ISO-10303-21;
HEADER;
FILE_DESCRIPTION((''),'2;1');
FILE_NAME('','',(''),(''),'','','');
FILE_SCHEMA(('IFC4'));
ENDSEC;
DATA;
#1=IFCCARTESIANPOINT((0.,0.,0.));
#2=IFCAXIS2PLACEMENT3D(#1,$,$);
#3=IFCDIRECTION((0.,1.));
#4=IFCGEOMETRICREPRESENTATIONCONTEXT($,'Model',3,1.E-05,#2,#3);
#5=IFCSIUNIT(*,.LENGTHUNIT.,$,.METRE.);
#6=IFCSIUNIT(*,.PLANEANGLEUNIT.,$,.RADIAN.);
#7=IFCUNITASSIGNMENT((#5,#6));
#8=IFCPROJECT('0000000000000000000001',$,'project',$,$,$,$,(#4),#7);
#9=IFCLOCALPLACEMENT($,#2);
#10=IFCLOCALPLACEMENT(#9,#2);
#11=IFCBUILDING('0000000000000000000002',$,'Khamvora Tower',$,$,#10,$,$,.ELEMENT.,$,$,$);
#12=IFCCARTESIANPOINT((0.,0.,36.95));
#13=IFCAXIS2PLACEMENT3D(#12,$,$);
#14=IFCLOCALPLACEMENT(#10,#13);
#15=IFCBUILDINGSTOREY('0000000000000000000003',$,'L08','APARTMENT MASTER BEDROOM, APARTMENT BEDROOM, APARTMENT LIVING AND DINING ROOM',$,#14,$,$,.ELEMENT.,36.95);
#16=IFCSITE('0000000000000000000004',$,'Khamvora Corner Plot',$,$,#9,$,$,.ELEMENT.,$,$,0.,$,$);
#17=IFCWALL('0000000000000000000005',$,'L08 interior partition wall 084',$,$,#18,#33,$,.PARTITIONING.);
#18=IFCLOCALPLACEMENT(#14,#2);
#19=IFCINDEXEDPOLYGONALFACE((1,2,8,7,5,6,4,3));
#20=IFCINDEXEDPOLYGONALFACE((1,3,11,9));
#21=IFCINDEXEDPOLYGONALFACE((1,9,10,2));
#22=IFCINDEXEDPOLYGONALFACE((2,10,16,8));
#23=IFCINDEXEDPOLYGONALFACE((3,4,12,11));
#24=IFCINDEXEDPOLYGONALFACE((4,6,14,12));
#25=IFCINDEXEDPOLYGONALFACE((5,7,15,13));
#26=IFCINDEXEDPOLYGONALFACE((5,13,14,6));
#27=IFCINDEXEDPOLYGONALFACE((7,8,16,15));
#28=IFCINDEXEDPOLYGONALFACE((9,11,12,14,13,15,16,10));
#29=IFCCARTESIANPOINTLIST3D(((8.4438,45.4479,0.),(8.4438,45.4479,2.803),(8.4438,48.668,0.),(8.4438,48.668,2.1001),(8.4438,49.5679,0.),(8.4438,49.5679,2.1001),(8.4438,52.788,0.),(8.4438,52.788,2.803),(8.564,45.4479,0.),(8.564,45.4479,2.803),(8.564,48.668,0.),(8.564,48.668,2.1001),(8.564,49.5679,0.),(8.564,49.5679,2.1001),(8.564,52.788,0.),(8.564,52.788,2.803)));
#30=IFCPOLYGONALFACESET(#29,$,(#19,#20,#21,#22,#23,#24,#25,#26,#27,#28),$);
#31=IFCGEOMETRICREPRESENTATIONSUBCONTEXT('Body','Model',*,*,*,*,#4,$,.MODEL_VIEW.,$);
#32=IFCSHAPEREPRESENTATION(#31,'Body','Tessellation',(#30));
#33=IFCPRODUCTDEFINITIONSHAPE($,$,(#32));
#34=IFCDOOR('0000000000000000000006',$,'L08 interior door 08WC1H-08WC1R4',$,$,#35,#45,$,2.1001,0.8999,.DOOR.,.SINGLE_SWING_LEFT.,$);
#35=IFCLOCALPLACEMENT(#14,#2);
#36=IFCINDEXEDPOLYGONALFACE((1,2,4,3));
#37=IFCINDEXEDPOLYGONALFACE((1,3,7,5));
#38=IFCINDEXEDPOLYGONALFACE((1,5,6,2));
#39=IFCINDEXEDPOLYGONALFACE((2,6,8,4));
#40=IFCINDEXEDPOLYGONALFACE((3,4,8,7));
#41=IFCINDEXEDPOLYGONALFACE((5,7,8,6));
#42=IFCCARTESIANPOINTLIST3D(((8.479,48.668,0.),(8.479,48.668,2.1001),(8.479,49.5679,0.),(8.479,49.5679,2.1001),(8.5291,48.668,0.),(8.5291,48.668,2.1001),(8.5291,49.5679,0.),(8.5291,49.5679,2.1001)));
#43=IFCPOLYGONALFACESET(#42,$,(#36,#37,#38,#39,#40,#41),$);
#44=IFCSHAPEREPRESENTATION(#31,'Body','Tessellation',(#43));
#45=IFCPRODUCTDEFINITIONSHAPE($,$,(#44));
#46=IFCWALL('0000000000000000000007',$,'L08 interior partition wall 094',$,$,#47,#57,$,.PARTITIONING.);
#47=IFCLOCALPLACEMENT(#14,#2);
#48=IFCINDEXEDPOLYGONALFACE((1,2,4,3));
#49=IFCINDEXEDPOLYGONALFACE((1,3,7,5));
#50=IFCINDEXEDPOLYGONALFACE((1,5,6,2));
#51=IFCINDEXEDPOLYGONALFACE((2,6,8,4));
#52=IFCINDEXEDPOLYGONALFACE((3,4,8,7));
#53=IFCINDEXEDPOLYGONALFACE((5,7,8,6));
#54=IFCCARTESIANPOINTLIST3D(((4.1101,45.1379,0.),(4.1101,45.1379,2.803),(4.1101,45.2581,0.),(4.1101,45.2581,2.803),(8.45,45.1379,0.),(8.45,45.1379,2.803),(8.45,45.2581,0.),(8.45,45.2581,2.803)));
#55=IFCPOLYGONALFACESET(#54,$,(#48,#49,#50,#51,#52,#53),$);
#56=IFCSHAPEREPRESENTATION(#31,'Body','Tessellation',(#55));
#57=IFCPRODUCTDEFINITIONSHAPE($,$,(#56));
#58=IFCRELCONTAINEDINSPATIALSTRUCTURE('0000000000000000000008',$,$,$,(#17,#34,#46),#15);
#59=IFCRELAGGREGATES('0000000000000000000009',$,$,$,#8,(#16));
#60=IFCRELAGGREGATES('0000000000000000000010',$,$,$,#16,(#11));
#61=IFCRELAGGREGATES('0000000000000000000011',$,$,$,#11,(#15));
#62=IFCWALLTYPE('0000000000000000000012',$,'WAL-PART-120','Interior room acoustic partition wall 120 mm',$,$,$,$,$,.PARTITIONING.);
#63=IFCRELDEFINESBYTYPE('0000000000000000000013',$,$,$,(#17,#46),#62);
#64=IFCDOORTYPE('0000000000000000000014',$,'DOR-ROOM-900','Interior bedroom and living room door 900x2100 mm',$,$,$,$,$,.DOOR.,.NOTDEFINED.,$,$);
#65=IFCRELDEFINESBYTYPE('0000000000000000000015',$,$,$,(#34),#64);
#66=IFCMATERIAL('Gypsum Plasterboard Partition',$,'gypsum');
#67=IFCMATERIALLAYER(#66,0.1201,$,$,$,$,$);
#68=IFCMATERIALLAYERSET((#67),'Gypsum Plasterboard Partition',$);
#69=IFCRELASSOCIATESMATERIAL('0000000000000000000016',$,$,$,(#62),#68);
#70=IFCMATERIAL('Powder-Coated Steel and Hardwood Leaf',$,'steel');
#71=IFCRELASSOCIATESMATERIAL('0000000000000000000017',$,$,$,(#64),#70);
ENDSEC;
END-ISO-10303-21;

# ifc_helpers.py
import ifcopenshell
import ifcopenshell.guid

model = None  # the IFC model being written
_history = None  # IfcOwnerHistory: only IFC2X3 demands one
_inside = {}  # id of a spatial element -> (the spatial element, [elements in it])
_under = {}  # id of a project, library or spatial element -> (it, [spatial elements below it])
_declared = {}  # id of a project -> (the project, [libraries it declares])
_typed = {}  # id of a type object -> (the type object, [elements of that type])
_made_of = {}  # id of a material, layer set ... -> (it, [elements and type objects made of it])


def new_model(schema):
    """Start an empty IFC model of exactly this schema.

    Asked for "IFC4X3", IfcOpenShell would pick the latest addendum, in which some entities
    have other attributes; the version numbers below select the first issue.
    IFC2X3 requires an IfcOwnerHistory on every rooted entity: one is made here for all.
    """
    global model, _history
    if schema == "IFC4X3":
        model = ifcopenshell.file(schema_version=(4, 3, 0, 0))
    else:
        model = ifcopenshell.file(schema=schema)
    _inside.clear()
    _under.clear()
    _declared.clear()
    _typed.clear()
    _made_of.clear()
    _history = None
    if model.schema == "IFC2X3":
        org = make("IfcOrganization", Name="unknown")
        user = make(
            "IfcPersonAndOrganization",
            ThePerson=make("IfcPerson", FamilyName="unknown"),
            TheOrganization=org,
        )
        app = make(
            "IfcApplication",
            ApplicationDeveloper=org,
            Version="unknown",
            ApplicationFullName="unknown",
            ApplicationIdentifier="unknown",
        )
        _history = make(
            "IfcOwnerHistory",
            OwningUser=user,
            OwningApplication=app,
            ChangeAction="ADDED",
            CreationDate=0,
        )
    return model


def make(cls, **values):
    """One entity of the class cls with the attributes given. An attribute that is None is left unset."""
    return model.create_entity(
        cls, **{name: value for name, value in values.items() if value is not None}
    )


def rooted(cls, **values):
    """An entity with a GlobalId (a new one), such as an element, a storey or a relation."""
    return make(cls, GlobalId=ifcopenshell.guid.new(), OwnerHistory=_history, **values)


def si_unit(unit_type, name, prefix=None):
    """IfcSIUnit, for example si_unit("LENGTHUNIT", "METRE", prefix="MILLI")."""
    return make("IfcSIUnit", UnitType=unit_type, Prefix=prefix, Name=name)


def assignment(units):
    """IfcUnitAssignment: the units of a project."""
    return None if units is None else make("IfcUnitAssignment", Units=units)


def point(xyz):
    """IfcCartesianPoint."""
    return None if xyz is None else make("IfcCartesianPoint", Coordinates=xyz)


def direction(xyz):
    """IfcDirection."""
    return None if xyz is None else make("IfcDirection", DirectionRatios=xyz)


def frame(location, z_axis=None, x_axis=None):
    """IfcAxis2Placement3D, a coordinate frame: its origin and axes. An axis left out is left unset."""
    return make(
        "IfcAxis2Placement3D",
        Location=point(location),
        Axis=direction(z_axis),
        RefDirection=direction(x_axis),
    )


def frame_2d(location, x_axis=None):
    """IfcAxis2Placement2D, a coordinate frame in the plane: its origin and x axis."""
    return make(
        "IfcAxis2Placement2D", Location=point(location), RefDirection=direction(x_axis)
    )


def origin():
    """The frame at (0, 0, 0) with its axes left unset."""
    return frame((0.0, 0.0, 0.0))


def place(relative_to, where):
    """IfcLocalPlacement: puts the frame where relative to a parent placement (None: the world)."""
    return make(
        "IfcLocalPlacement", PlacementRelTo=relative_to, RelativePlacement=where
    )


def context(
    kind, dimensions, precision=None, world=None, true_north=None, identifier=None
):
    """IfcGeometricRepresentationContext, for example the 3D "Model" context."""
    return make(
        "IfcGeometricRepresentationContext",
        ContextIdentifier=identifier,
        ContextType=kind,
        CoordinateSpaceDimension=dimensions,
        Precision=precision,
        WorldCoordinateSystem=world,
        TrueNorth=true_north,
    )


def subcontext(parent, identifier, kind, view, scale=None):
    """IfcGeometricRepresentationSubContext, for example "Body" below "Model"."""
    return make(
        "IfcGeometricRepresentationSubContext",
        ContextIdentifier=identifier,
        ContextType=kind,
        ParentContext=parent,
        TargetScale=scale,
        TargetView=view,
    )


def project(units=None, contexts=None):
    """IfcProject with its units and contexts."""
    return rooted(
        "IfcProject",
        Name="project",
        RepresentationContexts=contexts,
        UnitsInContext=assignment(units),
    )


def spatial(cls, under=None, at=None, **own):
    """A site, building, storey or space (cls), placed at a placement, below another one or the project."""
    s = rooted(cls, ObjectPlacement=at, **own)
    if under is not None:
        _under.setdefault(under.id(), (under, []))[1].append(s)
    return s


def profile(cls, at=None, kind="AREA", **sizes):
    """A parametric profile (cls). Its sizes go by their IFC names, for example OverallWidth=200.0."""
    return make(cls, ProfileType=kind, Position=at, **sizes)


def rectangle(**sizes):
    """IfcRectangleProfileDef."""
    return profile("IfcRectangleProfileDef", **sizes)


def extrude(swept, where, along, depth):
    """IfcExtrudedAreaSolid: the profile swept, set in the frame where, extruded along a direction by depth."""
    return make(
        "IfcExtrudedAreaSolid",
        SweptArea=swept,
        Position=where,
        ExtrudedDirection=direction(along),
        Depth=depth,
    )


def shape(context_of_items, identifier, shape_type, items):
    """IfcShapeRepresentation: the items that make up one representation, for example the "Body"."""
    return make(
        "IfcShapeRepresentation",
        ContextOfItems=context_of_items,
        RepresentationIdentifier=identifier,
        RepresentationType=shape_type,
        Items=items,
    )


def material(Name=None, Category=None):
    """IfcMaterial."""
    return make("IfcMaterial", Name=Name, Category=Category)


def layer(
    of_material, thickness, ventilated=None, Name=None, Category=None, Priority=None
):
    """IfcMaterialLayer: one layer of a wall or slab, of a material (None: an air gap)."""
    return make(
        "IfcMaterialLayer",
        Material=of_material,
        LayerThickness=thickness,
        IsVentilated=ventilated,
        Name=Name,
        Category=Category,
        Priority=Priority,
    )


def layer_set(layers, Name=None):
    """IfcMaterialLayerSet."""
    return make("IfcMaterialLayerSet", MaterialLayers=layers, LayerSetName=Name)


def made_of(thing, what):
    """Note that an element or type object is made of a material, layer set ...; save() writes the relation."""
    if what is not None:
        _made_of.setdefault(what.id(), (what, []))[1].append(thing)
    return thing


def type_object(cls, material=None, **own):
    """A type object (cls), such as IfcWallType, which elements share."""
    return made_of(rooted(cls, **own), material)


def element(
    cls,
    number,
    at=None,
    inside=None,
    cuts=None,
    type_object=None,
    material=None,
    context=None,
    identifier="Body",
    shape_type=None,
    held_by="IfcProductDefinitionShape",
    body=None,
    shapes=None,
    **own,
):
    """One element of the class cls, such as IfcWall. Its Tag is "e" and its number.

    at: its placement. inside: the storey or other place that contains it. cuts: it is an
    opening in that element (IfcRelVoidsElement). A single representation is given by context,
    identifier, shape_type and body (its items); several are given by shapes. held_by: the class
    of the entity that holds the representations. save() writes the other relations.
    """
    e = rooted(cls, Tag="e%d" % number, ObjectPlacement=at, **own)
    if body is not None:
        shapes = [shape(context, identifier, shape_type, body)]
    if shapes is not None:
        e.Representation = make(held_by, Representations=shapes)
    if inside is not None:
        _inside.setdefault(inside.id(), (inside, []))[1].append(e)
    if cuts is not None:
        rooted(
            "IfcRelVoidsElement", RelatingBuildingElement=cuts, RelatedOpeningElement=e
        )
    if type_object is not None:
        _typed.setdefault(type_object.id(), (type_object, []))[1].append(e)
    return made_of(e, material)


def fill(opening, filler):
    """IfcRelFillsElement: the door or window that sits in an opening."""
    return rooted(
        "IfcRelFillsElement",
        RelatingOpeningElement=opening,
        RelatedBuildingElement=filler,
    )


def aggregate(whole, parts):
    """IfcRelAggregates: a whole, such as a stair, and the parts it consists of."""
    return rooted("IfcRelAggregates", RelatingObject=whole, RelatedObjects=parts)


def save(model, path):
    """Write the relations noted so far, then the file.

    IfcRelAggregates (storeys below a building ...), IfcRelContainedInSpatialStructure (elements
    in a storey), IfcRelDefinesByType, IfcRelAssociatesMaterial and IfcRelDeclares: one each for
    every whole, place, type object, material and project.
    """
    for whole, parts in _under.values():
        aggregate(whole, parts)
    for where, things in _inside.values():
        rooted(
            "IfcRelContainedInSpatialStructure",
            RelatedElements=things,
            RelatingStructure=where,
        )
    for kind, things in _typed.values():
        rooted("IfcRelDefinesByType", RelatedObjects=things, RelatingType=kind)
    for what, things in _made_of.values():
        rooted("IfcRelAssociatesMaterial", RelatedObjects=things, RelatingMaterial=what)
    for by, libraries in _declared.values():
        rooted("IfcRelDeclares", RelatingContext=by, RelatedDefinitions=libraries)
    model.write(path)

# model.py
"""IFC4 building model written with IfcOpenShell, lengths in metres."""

from ifc_helpers import new_model, si_unit, direction, frame, frame_2d, origin, place, context, subcontext, project, spatial, rectangle, extrude, material, layer, layer_set, type_object, element, fill, save


model = new_model("IFC4")

# Units and contexts
model_context = context("Model", 3, precision=1e-05, world=origin(), true_north=direction((0.0, 1.0)))
body_context = subcontext(model_context, "Body", "Model", "MODEL_VIEW")
ifc_project = project(units=[si_unit("LENGTHUNIT", "METRE"), si_unit("PLANEANGLEUNIT", "RADIAN")], contexts=[model_context])

# Site, building, storey
site_placement = place(None, origin())
site = spatial("IfcSite", under=ifc_project, at=site_placement, Name="Khamvora Corner Plot", CompositionType="ELEMENT", RefElevation=0.0)
building_placement = place(site_placement, origin())
building = spatial("IfcBuilding", under=site, at=building_placement, Name="Khamvora Tower", CompositionType="ELEMENT")
storey_placement = place(building_placement, frame((0.0, 0.0, 36.95)))
storey = spatial("IfcBuildingStorey", under=building, at=storey_placement, Name="L08", Description="APARTMENT MASTER BEDROOM, APARTMENT BEDROOM, APARTMENT LIVING AND DINING ROOM", CompositionType="ELEMENT", Elevation=36.95)

# Wall, opening, door
ifc_material_1 = material(Name="Gypsum Plasterboard Partition", Category="gypsum")
ifc_layer_1 = layer(ifc_material_1, 0.1201)
ifc_layer_set_1 = layer_set([ifc_layer_1], Name="Gypsum Plasterboard Partition")
wall_type_1 = type_object("IfcWallType", Name="WAL-PART-120", Description="Interior room acoustic partition wall 120 mm", PredefinedType="PARTITIONING", material=ifc_layer_set_1)
wall_1_placement = place(storey_placement, frame((8.5039, 45.448, 0.0), z_axis=(0.0, 0.0, 1.0), x_axis=(0.0, 1.0, 0.0)))
wall_1 = element("IfcWall", 1, at=wall_1_placement, inside=storey, type_object=wall_type_1, Name="L08 interior partition wall 084", PredefinedType="PARTITIONING", context=body_context, shape_type="SweptSolid", body=[
    extrude(rectangle(XDim=7.3401, YDim=0.1201, at=frame_2d((3.6699, 0.0))), origin(), (0.0, 0.0, 1.0), 2.803),
])
opening_1_placement = place(wall_1_placement, frame((3.22, 0.0, 0.0)))
opening_1 = element("IfcOpeningElement", 2, at=opening_1_placement, cuts=wall_1, PredefinedType="OPENING", context=body_context, shape_type="SweptSolid", body=[
    extrude(rectangle(XDim=0.8999, YDim=2.1001, at=frame_2d((0.45, 1.05))), frame((0.0, 0.0701, 0.0), z_axis=(0.0, -1.0, 0.0), x_axis=(1.0, 0.0, 0.0)), (0.0, 0.0, 1.0), 0.1401),
])
ifc_material_2 = material(Name="Powder-Coated Steel and Hardwood Leaf", Category="steel")
door_type = type_object("IfcDoorType", Name="DOR-ROOM-900", Description="Interior bedroom and living room door 900x2100 mm", OperationType="NOTDEFINED", PredefinedType="DOOR", material=ifc_material_2)
door_placement = place(opening_1_placement, origin())
door = element("IfcDoor", 3, at=door_placement, inside=storey, type_object=door_type, Name="L08 interior door 08WC1H-08WC1R4", OperationType="SINGLE_SWING_LEFT", OverallHeight=2.1001, OverallWidth=0.8999, PredefinedType="DOOR", context=body_context, shape_type="SweptSolid", body=[
    extrude(rectangle(XDim=0.8999, YDim=2.1001, at=frame_2d((0.45, 1.05))), frame((0.0, 0.0249, 0.0), z_axis=(0.0, -1.0, 0.0), x_axis=(1.0, 0.0, 0.0)), (0.0, 0.0, 1.0), 0.05),
])
fill(opening_1, door)

# Wall
wall_2_placement = place(storey_placement, frame((4.1101, 45.198, 0.0), z_axis=(0.0, 0.0, 1.0), x_axis=(1.0, 0.0, 0.0)))
element("IfcWall", 4, at=wall_2_placement, inside=storey, type_object=wall_type_1, Name="L08 interior partition wall 094", PredefinedType="PARTITIONING", context=body_context, shape_type="SweptSolid", body=[
    extrude(rectangle(XDim=4.3398, YDim=0.1201, at=frame_2d((2.1699, 0.0))), origin(), (0.0, 0.0, 1.0), 2.803),
])

save(model, "model.ifc")
